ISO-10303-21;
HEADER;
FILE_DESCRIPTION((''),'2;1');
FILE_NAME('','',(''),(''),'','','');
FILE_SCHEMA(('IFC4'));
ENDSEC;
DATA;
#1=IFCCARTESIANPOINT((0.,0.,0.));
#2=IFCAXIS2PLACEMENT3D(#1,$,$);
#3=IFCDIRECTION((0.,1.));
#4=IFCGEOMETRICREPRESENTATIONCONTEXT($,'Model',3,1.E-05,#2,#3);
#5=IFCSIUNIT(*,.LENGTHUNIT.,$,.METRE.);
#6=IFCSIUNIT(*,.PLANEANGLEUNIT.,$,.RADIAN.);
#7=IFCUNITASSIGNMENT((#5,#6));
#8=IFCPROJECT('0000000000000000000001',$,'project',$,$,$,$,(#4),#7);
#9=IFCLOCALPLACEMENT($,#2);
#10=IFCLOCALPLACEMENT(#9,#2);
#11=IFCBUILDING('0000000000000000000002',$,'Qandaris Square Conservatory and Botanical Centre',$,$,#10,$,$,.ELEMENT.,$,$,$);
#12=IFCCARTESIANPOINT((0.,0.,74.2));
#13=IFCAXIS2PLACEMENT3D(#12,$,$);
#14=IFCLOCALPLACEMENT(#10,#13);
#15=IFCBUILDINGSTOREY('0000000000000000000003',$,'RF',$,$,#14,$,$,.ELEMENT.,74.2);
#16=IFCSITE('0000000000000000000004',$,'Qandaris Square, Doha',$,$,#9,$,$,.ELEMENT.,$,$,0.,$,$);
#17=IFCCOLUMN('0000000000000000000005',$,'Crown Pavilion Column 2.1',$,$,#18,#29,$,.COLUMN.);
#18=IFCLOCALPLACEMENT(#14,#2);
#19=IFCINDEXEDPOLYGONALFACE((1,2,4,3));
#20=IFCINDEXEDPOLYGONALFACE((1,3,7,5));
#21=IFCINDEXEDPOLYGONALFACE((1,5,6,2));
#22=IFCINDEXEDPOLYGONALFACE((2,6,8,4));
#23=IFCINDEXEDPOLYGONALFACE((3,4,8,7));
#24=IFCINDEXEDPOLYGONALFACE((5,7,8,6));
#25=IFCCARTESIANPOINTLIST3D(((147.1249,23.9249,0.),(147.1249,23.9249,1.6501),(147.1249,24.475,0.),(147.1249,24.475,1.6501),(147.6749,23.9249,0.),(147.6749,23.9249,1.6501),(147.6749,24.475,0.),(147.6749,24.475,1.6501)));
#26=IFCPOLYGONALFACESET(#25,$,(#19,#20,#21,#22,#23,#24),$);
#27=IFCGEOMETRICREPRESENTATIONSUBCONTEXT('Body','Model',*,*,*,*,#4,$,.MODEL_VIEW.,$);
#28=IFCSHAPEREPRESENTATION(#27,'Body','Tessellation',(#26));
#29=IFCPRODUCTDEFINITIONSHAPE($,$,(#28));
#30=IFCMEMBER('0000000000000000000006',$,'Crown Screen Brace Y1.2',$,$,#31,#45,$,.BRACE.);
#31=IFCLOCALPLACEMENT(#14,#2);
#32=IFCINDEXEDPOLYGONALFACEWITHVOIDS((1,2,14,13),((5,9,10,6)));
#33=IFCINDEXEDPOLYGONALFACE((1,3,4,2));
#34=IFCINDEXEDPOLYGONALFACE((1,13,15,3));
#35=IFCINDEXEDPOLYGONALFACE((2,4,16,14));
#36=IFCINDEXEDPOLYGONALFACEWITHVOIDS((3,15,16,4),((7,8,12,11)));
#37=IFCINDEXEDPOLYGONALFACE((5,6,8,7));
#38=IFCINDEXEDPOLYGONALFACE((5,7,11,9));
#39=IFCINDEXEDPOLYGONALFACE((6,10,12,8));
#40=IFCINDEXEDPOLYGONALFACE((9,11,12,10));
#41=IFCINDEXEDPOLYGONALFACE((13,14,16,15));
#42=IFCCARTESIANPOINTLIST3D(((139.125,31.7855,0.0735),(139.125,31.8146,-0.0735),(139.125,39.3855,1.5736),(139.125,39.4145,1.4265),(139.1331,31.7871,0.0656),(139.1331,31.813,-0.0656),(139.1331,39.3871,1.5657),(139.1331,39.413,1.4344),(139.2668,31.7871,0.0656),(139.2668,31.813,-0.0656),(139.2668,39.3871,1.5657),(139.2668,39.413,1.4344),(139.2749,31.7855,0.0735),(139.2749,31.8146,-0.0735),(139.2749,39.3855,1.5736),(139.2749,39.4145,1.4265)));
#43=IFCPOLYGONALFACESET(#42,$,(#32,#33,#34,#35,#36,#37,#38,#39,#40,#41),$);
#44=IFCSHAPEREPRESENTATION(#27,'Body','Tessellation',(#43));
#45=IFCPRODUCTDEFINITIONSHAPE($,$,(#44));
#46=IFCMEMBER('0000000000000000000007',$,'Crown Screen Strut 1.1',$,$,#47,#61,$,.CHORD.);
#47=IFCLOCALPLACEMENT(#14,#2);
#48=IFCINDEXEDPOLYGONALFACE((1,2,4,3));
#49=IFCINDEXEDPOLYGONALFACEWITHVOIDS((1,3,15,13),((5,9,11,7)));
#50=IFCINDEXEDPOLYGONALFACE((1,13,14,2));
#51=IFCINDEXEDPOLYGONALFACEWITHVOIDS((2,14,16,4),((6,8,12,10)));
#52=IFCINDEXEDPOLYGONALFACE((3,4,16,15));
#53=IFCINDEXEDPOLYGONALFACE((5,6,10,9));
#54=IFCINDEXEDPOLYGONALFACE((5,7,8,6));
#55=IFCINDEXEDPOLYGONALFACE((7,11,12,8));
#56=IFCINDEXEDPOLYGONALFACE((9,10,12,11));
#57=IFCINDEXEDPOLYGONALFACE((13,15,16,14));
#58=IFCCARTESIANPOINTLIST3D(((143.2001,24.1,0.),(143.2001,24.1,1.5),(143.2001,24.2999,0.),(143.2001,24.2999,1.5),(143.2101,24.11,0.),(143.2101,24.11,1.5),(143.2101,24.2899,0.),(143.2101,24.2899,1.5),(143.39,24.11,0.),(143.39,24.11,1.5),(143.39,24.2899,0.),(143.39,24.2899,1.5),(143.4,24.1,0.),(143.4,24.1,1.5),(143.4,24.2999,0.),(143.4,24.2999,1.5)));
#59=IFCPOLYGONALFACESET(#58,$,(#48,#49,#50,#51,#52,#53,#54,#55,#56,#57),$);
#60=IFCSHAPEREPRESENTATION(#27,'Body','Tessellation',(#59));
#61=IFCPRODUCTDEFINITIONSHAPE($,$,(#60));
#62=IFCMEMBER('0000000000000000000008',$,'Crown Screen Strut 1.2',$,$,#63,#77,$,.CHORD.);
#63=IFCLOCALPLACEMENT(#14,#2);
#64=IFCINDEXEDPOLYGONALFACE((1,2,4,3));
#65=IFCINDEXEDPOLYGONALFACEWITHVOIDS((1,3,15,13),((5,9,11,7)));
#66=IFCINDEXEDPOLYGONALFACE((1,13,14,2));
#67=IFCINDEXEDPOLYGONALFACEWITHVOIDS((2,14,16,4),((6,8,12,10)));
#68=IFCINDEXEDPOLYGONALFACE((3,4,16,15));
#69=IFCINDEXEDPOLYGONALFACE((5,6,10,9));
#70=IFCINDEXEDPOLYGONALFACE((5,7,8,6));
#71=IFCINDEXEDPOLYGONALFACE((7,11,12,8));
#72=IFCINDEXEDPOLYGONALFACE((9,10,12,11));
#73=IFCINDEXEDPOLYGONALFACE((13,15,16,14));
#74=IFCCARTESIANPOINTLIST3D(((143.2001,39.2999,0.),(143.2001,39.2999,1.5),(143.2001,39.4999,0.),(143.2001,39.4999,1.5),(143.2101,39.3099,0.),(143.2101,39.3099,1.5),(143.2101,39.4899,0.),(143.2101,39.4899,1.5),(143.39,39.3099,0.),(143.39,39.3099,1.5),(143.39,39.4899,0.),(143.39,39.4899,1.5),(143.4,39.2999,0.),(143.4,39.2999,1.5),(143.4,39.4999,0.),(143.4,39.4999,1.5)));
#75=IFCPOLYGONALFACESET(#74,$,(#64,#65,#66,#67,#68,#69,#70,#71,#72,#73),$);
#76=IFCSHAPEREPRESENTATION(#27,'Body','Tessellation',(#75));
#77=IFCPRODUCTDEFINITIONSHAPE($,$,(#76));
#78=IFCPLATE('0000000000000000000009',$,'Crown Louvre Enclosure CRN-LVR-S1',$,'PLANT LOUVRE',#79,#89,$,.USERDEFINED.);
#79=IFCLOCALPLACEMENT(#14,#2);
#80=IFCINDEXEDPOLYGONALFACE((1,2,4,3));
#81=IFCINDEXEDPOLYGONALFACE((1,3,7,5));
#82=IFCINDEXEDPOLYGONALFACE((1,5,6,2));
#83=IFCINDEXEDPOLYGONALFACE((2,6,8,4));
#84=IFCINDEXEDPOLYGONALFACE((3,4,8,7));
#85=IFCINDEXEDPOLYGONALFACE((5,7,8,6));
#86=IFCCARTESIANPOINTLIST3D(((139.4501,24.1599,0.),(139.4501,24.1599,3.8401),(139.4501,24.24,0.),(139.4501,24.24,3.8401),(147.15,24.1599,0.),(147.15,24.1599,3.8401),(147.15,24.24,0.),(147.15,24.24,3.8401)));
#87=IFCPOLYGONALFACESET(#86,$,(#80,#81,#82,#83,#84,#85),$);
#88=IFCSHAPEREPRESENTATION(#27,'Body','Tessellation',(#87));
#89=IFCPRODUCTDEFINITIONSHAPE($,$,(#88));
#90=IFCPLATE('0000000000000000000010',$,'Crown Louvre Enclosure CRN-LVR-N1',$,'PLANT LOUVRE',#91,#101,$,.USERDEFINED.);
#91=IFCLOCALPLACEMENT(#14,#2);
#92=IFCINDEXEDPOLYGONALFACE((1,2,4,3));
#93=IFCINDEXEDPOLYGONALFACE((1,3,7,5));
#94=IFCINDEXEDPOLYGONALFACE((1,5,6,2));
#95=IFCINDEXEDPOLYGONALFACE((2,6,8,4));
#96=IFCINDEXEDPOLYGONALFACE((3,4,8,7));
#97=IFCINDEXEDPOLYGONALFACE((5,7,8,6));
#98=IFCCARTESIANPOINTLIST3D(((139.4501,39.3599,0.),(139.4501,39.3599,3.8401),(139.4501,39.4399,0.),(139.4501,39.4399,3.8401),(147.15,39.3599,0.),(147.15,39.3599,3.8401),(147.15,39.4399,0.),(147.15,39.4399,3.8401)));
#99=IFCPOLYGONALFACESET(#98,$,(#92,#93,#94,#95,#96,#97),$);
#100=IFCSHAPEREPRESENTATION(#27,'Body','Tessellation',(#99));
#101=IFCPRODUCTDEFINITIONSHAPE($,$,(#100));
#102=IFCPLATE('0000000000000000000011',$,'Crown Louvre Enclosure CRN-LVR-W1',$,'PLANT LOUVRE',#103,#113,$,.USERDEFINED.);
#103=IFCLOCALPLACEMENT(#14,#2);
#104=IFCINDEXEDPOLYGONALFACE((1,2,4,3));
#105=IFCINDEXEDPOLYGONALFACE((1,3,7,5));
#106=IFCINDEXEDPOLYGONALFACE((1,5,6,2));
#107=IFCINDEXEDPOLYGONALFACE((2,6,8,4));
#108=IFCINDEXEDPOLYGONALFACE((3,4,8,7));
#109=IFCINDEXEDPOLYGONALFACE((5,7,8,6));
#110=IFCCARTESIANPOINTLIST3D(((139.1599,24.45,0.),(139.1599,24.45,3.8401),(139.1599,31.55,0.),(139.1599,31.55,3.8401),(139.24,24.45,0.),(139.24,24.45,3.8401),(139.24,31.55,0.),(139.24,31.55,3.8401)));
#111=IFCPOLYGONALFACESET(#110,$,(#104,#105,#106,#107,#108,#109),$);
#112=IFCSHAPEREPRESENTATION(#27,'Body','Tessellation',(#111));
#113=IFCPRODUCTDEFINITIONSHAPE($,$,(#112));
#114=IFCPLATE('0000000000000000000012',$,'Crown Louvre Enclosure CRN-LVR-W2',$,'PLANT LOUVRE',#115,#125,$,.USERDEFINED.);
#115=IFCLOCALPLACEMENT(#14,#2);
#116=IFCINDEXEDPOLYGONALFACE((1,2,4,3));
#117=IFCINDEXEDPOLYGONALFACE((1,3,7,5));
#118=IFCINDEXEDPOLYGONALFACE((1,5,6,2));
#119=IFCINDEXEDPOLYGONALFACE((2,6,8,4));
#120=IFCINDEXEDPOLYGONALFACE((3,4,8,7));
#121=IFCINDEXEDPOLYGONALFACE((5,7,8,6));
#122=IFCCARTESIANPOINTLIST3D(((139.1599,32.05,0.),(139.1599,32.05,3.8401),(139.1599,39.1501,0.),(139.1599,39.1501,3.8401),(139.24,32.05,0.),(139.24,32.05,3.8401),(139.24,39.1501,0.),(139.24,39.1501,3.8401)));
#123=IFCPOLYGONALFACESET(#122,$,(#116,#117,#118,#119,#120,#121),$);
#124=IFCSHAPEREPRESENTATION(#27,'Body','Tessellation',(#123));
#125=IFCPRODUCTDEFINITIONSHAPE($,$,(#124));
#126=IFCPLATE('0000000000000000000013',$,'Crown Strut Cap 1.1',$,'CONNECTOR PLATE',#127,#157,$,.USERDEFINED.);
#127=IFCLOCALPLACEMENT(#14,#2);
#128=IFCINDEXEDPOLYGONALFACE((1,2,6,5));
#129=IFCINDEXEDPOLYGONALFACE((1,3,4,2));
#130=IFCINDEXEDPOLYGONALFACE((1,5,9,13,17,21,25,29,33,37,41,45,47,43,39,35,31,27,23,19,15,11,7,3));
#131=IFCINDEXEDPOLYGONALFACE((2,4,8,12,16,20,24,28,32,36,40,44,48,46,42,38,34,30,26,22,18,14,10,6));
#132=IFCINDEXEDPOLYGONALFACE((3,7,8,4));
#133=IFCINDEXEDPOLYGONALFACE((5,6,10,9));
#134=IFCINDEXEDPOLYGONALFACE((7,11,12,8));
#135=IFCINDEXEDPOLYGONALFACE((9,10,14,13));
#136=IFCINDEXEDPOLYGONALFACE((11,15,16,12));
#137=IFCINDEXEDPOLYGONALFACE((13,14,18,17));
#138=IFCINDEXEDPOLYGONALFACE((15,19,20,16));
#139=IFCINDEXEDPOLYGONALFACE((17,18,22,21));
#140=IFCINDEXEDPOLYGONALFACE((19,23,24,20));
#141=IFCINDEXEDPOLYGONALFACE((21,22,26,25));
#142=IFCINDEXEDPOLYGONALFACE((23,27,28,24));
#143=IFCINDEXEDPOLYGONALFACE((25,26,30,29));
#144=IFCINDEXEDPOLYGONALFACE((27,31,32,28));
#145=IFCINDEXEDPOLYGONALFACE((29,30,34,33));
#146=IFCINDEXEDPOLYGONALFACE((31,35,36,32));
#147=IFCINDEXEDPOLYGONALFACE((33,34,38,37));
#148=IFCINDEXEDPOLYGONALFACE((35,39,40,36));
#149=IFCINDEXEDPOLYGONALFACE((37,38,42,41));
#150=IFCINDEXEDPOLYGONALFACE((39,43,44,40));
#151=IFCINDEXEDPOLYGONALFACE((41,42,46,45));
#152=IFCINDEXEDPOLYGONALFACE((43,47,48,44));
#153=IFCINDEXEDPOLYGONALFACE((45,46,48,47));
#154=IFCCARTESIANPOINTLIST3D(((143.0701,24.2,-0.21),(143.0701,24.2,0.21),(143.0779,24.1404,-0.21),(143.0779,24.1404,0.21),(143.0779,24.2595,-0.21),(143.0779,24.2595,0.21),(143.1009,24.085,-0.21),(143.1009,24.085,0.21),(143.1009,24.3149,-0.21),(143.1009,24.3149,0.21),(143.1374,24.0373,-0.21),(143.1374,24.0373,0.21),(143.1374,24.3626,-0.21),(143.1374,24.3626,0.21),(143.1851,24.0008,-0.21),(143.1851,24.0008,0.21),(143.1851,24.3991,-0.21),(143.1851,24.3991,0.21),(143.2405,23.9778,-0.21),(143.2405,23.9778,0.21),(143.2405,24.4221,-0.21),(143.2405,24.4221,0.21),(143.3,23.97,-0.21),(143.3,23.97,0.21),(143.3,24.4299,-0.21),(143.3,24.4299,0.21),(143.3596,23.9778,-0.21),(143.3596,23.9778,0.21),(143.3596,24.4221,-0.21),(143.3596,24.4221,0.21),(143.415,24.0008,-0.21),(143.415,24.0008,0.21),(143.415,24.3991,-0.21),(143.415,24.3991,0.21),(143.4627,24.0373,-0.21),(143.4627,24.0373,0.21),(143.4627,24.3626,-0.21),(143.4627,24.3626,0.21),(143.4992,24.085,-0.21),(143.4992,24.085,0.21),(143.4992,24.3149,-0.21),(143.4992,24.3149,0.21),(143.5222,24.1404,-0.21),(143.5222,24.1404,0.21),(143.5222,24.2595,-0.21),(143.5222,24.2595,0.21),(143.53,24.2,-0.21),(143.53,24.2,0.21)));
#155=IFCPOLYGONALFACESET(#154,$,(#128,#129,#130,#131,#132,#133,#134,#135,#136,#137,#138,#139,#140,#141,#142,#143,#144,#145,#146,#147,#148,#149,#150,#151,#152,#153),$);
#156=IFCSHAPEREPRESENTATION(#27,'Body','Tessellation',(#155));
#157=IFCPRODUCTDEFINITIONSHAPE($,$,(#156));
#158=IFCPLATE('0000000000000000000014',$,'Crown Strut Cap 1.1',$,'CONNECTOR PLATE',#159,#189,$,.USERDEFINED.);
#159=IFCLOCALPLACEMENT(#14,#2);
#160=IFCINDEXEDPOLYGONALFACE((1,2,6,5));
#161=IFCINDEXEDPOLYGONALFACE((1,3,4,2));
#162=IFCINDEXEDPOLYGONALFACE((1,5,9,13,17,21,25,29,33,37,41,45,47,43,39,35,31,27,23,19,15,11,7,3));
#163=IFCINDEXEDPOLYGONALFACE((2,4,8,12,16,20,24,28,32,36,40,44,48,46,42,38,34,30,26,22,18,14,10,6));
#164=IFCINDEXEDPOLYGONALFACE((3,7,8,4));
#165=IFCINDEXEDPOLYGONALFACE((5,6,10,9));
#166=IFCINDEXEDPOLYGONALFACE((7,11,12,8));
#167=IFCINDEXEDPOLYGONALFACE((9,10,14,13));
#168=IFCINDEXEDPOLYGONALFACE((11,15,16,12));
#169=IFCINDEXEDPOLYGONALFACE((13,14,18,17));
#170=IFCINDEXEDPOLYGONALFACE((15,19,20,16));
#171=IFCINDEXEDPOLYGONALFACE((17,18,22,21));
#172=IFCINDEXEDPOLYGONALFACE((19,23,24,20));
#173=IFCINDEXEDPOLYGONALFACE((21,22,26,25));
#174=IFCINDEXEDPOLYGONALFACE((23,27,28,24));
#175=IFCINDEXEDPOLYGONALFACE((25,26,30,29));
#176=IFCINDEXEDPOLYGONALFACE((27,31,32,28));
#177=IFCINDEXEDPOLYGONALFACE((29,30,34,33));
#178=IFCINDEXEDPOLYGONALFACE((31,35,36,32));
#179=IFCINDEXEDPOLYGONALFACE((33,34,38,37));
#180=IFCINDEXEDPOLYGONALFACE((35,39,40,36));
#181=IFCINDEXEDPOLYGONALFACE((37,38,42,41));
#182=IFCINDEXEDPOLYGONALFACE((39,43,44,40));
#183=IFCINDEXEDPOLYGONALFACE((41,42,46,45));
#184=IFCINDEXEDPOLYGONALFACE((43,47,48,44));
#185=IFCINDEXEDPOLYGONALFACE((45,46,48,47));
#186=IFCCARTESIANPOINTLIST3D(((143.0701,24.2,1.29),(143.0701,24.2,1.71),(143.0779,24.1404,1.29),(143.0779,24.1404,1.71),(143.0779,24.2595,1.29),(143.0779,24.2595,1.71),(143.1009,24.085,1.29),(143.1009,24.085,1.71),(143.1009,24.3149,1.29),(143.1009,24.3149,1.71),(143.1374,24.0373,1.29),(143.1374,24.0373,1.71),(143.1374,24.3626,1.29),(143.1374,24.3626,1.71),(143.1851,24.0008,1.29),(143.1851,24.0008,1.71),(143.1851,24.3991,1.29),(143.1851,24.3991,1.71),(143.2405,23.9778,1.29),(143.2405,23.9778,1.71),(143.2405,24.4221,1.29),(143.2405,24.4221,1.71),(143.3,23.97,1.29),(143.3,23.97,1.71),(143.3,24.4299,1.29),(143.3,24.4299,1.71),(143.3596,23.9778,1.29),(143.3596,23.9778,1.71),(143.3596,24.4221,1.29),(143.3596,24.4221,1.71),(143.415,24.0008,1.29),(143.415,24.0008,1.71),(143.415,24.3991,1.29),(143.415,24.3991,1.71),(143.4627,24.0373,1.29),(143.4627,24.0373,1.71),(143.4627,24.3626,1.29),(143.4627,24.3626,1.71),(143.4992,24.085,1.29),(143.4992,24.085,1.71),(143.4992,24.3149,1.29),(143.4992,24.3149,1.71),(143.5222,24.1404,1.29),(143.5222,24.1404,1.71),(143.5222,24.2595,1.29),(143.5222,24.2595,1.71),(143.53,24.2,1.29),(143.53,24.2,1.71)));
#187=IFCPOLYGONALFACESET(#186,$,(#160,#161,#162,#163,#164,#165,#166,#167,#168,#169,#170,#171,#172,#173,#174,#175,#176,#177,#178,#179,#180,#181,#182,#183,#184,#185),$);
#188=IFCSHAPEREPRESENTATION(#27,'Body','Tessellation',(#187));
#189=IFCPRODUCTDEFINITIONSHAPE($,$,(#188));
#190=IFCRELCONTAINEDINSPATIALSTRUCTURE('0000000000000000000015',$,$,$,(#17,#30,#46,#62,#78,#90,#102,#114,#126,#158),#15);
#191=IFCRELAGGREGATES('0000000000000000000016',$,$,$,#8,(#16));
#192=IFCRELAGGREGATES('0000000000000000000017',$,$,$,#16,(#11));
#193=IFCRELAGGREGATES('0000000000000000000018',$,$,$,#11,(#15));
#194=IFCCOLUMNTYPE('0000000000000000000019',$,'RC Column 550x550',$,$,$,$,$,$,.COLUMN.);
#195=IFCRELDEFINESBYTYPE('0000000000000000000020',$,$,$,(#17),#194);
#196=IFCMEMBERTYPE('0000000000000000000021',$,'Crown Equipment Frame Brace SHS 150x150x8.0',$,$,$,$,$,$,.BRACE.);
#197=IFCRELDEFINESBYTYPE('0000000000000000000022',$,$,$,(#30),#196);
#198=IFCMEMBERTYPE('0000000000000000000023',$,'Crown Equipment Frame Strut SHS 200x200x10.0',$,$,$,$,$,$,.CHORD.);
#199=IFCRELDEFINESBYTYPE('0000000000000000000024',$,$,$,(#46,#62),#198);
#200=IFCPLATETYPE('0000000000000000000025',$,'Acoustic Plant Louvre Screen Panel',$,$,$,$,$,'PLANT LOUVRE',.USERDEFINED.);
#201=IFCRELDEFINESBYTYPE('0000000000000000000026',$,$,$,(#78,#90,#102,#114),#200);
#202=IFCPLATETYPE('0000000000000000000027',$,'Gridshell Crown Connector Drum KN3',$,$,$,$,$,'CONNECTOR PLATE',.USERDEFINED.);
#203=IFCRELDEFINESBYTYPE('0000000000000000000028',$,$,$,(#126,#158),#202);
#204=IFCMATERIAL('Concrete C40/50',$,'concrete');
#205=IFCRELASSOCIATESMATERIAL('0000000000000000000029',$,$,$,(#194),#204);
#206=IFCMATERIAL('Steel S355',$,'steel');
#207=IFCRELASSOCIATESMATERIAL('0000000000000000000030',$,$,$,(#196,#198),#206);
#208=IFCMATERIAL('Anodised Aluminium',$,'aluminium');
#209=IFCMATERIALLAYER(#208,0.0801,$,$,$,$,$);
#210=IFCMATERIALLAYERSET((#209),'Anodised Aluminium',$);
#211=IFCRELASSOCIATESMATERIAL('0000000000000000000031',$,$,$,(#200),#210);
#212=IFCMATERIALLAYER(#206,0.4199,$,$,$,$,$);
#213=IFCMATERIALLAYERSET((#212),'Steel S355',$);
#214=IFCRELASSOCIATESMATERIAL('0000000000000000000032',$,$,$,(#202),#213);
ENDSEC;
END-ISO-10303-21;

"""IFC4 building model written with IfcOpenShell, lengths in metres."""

from ifc_helpers import new_model, si_unit, direction, frame, origin, origin_2d, place, context, subcontext, project, spatial, rectangle, hollow_rectangle, circle, extrude, material, layer, layer_set, material_profile, profile_set, type_object, element, save


model = new_model("IFC4")

# Units and contexts
model_context = context("Model", 3, precision=1e-05, world=origin(), true_north=direction((0.0, 1.0)))
body_context = subcontext(model_context, "Body", "Model", "MODEL_VIEW")
ifc_project = project(units=[si_unit("LENGTHUNIT", "METRE"), si_unit("PLANEANGLEUNIT", "RADIAN")], contexts=[model_context])

# Site, building, storey
site_placement = place(None, origin())
site = spatial("IfcSite", under=ifc_project, at=site_placement, Name="Qandaris Square, Doha", CompositionType="ELEMENT", RefElevation=0.0)
building_placement = place(site_placement, origin())
building = spatial("IfcBuilding", under=site, at=building_placement, Name="Qandaris Square Conservatory and Botanical Centre", CompositionType="ELEMENT")
storey_placement = place(building_placement, frame((0.0, 0.0, 74.2)))
storey = spatial("IfcBuildingStorey", under=building, at=storey_placement, Name="RF", CompositionType="ELEMENT", Elevation=74.2)

# Column
ifc_material_1 = material(Name="Concrete C40/50", Category="concrete")
ifc_material_profile_1 = material_profile(ifc_material_1, rectangle(XDim=0.55, YDim=0.55, at=origin_2d()), Name="RC-COL 550x550")
ifc_profile_set_1 = profile_set([ifc_material_profile_1], Name="Concrete C40/50")
column_type = type_object("IfcColumnType", Name="RC Column 550x550", PredefinedType="COLUMN", material=ifc_profile_set_1)
column_placement = place(storey_placement, frame((147.3999, 24.2, 0.0), z_axis=(0.0, 0.0, 1.0), x_axis=(1.0, 0.0, 0.0)))
element("IfcColumn", 1, at=column_placement, inside=storey, type_object=column_type, Name="Crown Pavilion Column 2.1", PredefinedType="COLUMN", context=body_context, shape_type="SweptSolid", body=[
    extrude(rectangle(XDim=0.55, YDim=0.55, at=origin_2d()), origin(), (0.0, 0.0, 1.0), 1.6501),
])

# Members
ifc_material_2 = material(Name="Steel S355", Category="steel")
ifc_material_profile_2 = material_profile(ifc_material_2, hollow_rectangle(XDim=0.1499, YDim=0.1499, WallThickness=0.0081, at=origin_2d()), Name="SHS 150x150x8.0")
ifc_profile_set_2 = profile_set([ifc_material_profile_2], Name="Steel S355")
member_type_1 = type_object("IfcMemberType", Name="Crown Equipment Frame Brace SHS 150x150x8.0", PredefinedType="BRACE", material=ifc_profile_set_2)
member_placement = place(storey_placement, frame((139.2, 31.8, 0.0), z_axis=(0.0, 0.981073, 0.193637), x_axis=(-1.0, 0.0, 0.0)))
element("IfcMember", 2, at=member_placement, inside=storey, type_object=member_type_1, Name="Crown Screen Brace Y1.2", PredefinedType="BRACE", context=body_context, shape_type="SweptSolid", body=[
    extrude(hollow_rectangle(XDim=0.1499, YDim=0.1499, WallThickness=0.0081, at=origin_2d()), origin(), (0.0, 0.0, 1.0), 7.7466),
])
ifc_material_profile_3 = material_profile(ifc_material_2, hollow_rectangle(XDim=0.2, YDim=0.2, WallThickness=0.01, at=origin_2d()), Name="SHS 200x200x10.0")
ifc_profile_set_3 = profile_set([ifc_material_profile_3], Name="Steel S355")
member_type_2 = type_object("IfcMemberType", Name="Crown Equipment Frame Strut SHS 200x200x10.0", PredefinedType="CHORD", material=ifc_profile_set_3)
for number, where, z_axis, x_axis, name in (
    (3, (143.3, 24.2, 0.0), (0.0, 0.0, 1.0), (1.0, 0.0, 0.0), "Crown Screen Strut 1.1"),
    (4, (143.3, 39.3999, 0.0), (0.0, 0.0, 1.0), (1.0, 0.0, 0.0), "Crown Screen Strut 1.2"),
):
    element("IfcMember", number, at=place(storey_placement, frame(where, z_axis=z_axis, x_axis=x_axis)), inside=storey, type_object=member_type_2, Name=name, PredefinedType="CHORD", context=body_context, shape_type="SweptSolid", body=[
        extrude(hollow_rectangle(XDim=0.2, YDim=0.2, WallThickness=0.01, at=origin_2d()), origin(), (0.0, 0.0, 1.0), 1.5),
    ])

# Plates
ifc_material_3 = material(Name="Anodised Aluminium", Category="aluminium")
ifc_layer_1 = layer(ifc_material_3, 0.0801)
ifc_layer_set_1 = layer_set([ifc_layer_1], Name="Anodised Aluminium")
plate_type_1 = type_object("IfcPlateType", Name="Acoustic Plant Louvre Screen Panel", ElementType="PLANT LOUVRE", PredefinedType="USERDEFINED", material=ifc_layer_set_1)
for number, where, z_axis, x_axis, name in (
    (5, (143.3, 24.2, 0.0), (0.0, 0.0, 1.0), (1.0, 0.0, 0.0), "Crown Louvre Enclosure CRN-LVR-S1"),
    (6, (143.3, 39.3999, 0.0), (0.0, 0.0, 1.0), (1.0, 0.0, 0.0), "Crown Louvre Enclosure CRN-LVR-N1"),
):
    element("IfcPlate", number, at=place(storey_placement, frame(where, z_axis=z_axis, x_axis=x_axis)), inside=storey, type_object=plate_type_1, Name=name, ObjectType="PLANT LOUVRE", PredefinedType="USERDEFINED", context=body_context, shape_type="SweptSolid", body=[
        extrude(rectangle(XDim=7.7, YDim=0.0801, at=origin_2d()), origin(), (0.0, 0.0, 1.0), 3.8401),
    ])
for number, where, z_axis, x_axis, name in (
    (7, (139.2, 28.0, 0.0), (0.0, 0.0, 1.0), (0.0, 1.0, 0.0), "Crown Louvre Enclosure CRN-LVR-W1"),
    (8, (139.2, 35.6001, 0.0), (0.0, 0.0, 1.0), (0.0, 1.0, 0.0), "Crown Louvre Enclosure CRN-LVR-W2"),
):
    element("IfcPlate", number, at=place(storey_placement, frame(where, z_axis=z_axis, x_axis=x_axis)), inside=storey, type_object=plate_type_1, Name=name, ObjectType="PLANT LOUVRE", PredefinedType="USERDEFINED", context=body_context, shape_type="SweptSolid", body=[
        extrude(rectangle(XDim=7.1001, YDim=0.0801, at=origin_2d()), origin(), (0.0, 0.0, 1.0), 3.8401),
    ])
ifc_layer_2 = layer(ifc_material_2, 0.4199)
ifc_layer_set_2 = layer_set([ifc_layer_2], Name="Steel S355")
plate_type_2 = type_object("IfcPlateType", Name="Gridshell Crown Connector Drum KN3", ElementType="CONNECTOR PLATE", PredefinedType="USERDEFINED", material=ifc_layer_set_2)
for number, where, z_axis, x_axis, name in (
    (9, (143.3, 24.2, -0.21), (0.0, 0.0, 1.0), (1.0, 0.0, 0.0), "Crown Strut Cap 1.1"),
    (10, (143.3, 24.2, 1.29), (0.0, 0.0, 1.0), (1.0, 0.0, 0.0), "Crown Strut Cap 1.1"),
):
    element("IfcPlate", number, at=place(storey_placement, frame(where, z_axis=z_axis, x_axis=x_axis)), inside=storey, type_object=plate_type_2, Name=name, ObjectType="CONNECTOR PLATE", PredefinedType="USERDEFINED", context=body_context, shape_type="SweptSolid", body=[
        extrude(circle(Radius=0.23, at=origin_2d()), origin(), (0.0, 0.0, 1.0), 0.4199),
    ])

save(model, "model.ifc")
